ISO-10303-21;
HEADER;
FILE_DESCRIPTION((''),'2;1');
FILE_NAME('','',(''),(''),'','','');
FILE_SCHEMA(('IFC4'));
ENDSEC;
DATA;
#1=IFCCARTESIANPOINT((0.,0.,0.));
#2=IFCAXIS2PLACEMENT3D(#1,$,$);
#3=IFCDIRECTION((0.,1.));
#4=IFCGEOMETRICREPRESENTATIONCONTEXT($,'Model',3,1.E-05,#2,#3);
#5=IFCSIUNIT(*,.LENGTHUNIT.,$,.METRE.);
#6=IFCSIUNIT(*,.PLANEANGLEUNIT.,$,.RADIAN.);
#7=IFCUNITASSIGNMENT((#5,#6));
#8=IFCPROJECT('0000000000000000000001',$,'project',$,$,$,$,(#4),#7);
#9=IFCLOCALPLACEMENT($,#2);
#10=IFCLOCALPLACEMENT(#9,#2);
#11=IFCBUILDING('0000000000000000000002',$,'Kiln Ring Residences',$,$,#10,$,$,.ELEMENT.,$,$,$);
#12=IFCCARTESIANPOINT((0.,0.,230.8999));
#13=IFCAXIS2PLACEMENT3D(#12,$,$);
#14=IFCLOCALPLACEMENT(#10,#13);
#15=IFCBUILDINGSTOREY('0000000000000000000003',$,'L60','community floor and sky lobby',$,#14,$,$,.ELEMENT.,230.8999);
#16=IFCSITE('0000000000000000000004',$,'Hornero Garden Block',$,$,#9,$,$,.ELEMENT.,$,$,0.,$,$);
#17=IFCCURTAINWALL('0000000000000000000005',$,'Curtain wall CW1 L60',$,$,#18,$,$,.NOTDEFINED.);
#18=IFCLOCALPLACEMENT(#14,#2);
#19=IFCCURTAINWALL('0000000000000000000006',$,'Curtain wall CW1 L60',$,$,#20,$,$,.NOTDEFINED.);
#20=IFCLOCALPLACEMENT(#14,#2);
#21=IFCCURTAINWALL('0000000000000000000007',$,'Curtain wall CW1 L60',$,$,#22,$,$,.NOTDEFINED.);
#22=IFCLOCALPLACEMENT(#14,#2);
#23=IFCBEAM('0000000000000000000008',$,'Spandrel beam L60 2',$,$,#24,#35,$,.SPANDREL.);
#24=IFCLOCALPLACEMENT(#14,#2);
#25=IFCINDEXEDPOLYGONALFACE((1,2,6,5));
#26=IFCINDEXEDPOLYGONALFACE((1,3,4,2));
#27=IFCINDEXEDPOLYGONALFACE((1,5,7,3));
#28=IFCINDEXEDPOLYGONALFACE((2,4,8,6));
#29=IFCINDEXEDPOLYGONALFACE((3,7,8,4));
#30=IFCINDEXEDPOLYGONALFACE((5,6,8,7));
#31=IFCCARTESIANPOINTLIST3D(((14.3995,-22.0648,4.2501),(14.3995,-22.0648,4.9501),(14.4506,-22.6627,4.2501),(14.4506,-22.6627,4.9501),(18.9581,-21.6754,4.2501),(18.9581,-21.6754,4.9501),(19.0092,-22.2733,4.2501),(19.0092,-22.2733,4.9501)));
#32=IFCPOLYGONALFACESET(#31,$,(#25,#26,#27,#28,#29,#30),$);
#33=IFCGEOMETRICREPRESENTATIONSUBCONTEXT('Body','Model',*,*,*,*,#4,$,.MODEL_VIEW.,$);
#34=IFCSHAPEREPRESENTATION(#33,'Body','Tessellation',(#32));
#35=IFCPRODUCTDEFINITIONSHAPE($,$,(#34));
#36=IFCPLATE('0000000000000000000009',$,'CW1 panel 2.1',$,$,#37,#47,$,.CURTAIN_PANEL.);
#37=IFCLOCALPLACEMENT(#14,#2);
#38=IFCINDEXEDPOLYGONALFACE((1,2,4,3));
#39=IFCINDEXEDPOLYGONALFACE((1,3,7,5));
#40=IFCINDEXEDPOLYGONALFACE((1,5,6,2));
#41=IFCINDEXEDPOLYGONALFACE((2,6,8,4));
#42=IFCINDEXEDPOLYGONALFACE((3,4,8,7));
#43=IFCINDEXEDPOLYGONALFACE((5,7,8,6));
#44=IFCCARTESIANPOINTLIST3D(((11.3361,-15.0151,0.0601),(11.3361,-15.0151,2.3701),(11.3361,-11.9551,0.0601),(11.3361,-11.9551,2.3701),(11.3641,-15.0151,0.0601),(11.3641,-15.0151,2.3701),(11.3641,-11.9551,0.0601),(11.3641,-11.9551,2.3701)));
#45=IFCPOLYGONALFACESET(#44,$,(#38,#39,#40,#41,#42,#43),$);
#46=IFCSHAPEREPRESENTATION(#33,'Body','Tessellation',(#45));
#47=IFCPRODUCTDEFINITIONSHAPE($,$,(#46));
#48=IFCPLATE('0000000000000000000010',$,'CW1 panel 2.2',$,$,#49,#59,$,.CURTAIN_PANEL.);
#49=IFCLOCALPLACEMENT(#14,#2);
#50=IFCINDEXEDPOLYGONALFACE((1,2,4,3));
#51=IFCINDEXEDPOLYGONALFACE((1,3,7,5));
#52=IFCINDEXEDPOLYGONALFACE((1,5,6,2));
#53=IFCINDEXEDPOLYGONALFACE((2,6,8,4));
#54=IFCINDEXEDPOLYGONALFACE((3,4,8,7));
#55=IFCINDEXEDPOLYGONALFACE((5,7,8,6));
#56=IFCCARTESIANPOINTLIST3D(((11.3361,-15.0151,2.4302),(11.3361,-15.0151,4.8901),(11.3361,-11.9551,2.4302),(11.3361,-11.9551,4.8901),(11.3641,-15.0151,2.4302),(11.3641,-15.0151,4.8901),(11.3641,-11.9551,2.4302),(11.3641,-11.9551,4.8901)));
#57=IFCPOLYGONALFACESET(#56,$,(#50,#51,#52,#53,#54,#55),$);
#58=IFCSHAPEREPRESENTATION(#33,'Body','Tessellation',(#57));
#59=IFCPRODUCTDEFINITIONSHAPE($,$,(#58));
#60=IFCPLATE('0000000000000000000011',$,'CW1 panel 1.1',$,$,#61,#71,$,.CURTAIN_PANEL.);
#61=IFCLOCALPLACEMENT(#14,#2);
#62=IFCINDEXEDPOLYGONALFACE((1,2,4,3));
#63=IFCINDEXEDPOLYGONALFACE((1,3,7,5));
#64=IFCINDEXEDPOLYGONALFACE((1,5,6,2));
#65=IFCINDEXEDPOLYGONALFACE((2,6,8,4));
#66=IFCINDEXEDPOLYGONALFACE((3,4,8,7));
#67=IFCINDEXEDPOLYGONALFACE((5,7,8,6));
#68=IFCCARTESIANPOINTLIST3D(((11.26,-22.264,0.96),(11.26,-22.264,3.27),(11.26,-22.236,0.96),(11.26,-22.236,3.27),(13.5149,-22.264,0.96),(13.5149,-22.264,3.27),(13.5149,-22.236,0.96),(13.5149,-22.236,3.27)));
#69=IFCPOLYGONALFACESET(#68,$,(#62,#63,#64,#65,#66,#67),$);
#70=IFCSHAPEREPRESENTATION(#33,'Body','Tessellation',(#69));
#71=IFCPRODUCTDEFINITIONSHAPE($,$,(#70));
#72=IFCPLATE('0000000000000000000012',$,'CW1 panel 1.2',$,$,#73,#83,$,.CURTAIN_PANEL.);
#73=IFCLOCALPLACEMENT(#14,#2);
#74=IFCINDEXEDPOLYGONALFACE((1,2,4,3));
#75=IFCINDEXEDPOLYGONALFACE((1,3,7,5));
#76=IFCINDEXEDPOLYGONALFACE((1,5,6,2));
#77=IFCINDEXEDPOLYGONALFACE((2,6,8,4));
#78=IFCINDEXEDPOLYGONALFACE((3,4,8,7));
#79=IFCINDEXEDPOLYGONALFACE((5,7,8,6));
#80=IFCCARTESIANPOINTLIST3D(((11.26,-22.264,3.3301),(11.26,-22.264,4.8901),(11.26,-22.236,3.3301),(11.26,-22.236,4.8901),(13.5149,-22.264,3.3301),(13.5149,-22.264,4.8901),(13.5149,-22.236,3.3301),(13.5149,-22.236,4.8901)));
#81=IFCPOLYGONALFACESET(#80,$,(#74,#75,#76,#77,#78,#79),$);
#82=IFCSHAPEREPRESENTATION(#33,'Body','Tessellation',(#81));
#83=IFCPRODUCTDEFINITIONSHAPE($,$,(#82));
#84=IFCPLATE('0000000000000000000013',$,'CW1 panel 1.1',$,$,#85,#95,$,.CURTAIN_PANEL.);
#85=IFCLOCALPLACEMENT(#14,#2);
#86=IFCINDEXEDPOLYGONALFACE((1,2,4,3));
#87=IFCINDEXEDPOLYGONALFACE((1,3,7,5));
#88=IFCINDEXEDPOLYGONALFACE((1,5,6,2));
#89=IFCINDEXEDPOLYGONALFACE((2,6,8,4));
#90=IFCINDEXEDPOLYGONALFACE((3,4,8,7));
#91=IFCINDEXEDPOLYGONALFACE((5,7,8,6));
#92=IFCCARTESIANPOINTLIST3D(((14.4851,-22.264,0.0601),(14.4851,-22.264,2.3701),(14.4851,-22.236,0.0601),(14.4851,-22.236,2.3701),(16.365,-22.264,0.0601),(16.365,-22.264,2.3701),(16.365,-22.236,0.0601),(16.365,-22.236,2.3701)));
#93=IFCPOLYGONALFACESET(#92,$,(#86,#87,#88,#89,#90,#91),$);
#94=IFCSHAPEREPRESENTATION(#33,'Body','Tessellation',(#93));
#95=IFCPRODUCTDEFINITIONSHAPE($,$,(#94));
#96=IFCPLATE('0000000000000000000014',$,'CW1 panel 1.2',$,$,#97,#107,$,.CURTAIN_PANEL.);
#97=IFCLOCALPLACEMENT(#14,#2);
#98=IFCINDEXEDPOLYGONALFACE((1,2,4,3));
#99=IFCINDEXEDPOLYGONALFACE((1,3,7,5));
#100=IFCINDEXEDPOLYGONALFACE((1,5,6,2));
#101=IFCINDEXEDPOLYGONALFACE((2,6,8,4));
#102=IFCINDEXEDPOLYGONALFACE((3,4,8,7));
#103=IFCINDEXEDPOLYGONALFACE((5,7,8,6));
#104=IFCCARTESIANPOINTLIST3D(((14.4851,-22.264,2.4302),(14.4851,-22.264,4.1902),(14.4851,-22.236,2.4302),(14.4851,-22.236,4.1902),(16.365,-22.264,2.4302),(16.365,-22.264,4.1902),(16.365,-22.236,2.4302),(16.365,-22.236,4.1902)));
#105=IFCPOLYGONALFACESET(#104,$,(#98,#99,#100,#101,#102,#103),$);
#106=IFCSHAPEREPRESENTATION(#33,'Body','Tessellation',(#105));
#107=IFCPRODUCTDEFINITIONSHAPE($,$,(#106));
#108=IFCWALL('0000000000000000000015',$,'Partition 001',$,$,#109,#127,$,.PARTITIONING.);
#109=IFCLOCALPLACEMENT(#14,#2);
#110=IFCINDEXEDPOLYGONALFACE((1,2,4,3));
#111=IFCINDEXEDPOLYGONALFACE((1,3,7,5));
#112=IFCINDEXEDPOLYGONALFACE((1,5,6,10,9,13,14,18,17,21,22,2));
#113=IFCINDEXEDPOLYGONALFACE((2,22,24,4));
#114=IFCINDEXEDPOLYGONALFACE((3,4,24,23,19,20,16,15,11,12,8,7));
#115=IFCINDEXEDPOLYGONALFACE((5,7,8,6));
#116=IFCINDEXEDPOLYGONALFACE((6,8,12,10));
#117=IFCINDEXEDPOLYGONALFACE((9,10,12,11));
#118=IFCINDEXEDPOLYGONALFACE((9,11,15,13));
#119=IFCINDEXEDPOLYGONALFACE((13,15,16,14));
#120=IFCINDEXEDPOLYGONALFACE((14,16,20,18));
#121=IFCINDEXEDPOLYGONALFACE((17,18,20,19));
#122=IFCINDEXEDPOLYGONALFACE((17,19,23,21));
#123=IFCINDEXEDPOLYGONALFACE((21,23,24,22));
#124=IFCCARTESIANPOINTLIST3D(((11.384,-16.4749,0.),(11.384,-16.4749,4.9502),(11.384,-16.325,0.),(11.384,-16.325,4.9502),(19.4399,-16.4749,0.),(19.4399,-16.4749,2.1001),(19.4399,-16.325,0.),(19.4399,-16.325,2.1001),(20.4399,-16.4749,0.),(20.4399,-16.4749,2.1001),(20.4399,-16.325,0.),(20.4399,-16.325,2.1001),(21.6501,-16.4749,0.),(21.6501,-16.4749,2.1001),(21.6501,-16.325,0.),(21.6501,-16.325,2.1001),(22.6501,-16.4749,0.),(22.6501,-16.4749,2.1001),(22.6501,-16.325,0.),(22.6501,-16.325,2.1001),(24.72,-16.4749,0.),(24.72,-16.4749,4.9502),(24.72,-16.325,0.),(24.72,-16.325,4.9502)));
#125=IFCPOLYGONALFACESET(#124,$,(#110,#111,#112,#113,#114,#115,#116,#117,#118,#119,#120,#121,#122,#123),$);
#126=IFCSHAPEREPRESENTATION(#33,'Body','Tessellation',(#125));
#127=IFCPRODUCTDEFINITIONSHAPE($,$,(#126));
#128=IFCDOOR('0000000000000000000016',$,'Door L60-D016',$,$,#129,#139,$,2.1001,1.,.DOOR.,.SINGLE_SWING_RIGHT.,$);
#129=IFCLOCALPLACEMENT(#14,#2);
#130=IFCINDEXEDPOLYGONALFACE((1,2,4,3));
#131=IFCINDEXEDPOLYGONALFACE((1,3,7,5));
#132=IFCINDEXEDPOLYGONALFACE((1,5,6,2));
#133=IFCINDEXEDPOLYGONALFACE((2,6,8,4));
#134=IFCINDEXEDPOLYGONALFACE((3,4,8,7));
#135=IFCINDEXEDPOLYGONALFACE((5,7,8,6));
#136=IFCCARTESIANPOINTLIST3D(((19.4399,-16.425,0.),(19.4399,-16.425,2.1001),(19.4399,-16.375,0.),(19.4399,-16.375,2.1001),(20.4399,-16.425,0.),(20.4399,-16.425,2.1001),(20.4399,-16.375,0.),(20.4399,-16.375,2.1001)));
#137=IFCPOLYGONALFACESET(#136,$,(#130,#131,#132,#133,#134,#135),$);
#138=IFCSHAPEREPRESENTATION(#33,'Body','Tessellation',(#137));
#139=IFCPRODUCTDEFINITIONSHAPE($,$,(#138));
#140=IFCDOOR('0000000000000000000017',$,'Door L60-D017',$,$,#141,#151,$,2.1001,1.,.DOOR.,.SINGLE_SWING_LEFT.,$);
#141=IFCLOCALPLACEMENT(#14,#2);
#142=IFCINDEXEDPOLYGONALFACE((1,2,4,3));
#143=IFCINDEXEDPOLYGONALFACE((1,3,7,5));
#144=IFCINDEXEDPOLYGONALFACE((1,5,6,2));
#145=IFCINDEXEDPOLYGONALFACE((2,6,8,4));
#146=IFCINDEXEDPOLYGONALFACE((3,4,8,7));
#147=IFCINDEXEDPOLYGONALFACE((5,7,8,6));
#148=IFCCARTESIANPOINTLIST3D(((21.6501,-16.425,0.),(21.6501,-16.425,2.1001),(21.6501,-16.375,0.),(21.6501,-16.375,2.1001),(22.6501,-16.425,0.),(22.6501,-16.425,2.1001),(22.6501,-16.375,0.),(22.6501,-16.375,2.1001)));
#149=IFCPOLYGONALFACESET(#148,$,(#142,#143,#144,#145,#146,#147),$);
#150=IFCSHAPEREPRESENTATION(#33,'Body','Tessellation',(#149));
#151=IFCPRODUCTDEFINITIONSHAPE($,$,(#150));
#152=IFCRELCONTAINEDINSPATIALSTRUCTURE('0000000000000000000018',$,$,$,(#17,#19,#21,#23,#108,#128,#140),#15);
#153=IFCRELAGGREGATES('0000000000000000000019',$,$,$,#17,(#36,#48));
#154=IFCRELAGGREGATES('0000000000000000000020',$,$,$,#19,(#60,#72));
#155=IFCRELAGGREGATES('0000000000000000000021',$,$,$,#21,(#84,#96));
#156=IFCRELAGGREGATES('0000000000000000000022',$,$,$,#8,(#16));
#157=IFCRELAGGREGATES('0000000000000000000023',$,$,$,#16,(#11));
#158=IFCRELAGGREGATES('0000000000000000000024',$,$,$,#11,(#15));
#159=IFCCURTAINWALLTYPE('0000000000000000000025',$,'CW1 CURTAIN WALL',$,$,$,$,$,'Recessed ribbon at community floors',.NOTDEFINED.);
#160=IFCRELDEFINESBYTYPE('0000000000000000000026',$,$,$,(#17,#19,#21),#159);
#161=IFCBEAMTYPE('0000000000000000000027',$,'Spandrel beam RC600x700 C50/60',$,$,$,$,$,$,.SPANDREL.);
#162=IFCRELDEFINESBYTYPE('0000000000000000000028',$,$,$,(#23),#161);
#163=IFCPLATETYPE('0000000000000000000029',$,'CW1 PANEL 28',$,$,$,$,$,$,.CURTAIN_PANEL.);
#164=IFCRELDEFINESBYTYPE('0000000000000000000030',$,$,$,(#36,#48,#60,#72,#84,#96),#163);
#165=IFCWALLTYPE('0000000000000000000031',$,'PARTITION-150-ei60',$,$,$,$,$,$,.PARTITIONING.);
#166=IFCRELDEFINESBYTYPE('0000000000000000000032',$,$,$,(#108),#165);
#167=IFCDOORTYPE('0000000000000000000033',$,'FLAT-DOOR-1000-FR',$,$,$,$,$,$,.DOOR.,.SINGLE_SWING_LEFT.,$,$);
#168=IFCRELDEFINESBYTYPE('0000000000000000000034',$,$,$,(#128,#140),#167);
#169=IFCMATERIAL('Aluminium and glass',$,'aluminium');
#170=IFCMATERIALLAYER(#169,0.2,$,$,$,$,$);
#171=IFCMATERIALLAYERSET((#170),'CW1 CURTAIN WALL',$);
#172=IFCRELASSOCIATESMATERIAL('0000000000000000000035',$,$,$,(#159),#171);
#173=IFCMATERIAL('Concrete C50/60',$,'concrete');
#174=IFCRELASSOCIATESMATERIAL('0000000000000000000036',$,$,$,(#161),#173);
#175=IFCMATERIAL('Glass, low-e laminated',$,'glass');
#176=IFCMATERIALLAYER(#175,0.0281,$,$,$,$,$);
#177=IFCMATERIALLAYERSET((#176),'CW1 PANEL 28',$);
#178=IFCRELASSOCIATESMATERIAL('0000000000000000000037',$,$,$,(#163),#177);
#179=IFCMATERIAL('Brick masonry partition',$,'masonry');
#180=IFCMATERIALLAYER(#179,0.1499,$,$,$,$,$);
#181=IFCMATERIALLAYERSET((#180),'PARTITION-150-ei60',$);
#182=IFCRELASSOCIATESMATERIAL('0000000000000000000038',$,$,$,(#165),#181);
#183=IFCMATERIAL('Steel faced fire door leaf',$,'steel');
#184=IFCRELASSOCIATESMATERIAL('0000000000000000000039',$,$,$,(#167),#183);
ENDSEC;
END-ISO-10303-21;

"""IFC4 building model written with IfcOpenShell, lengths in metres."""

from ifc_helpers import new_model, si_unit, direction, frame, frame_2d, origin, origin_2d, place, context, subcontext, project, spatial, rectangle, extrude, material, layer, layer_set, material_profile, profile_set, type_object, element, fill, aggregate, save


model = new_model("IFC4")

# Units and contexts
model_context = context("Model", 3, precision=1e-05, world=origin(), true_north=direction((0.0, 1.0)))
body_context = subcontext(model_context, "Body", "Model", "MODEL_VIEW")
ifc_project = project(units=[si_unit("LENGTHUNIT", "METRE"), si_unit("PLANEANGLEUNIT", "RADIAN")], contexts=[model_context])

# Site, building, storey
site_placement = place(None, origin())
site = spatial("IfcSite", under=ifc_project, at=site_placement, Name="Hornero Garden Block", CompositionType="ELEMENT", RefElevation=0.0)
building_placement = place(site_placement, origin())
building = spatial("IfcBuilding", under=site, at=building_placement, Name="Kiln Ring Residences", CompositionType="ELEMENT")
storey_placement = place(building_placement, frame((0.0, 0.0, 230.8999)))
storey = spatial("IfcBuildingStorey", under=building, at=storey_placement, Name="L60", Description="community floor and sky lobby", CompositionType="ELEMENT", Elevation=230.8999)

# Curtain walls
ifc_material_1 = material(Name="Aluminium and glass", Category="aluminium")
ifc_layer_1 = layer(ifc_material_1, 0.2)
ifc_layer_set_1 = layer_set([ifc_layer_1], Name="CW1 CURTAIN WALL")
curtain_wall_type = type_object("IfcCurtainWallType", Name="CW1 CURTAIN WALL", ElementType="Recessed ribbon at community floors", PredefinedType="NOTDEFINED", material=ifc_layer_set_1)
placement = place(storey_placement, origin())
curtain_wall_1 = element("IfcCurtainWall", 1, at=placement, inside=storey, type_object=curtain_wall_type, Name="Curtain wall CW1 L60", PredefinedType="NOTDEFINED")
curtain_wall_2 = element("IfcCurtainWall", 2, at=placement, inside=storey, type_object=curtain_wall_type, Name="Curtain wall CW1 L60", PredefinedType="NOTDEFINED")

# Curtain wall
curtain_wall_3 = element("IfcCurtainWall", 3, at=placement, inside=storey, type_object=curtain_wall_type, Name="Curtain wall CW1 L60", PredefinedType="NOTDEFINED")

# Beam
ifc_material_2 = material(Name="Concrete C50/60", Category="concrete")
ifc_material_profile_1 = material_profile(ifc_material_2, rectangle(XDim=0.6001, YDim=0.7, at=origin_2d()), Name="RC600x700")
ifc_profile_set_1 = profile_set([ifc_material_profile_1], Name="Concrete C50/60")
beam_type_1 = type_object("IfcBeamType", Name="Spandrel beam RC600x700 C50/60", PredefinedType="SPANDREL", material=ifc_profile_set_1)
beam_1_placement = place(storey_placement, frame((14.425, -22.3638, 4.6001), z_axis=(0.996371, 0.085112, 0.0), x_axis=(-0.085112, 0.996371, 0.0)))
element("IfcBeam", 4, at=beam_1_placement, inside=storey, type_object=beam_type_1, Name="Spandrel beam L60 2", PredefinedType="SPANDREL", context=body_context, shape_type="SweptSolid", body=[
    extrude(rectangle(XDim=0.6001, YDim=0.7, at=origin_2d()), origin(), (0.0, 0.0, 1.0), 4.5752),
])

# Plates
ifc_material_3 = material(Name="Glass, low-e laminated", Category="glass")
ifc_layer_2 = layer(ifc_material_3, 0.0281)
ifc_layer_set_2 = layer_set([ifc_layer_2], Name="CW1 PANEL 28")
plate_type = type_object("IfcPlateType", Name="CW1 PANEL 28", PredefinedType="CURTAIN_PANEL", material=ifc_layer_set_2)
plate_1_placement = place(storey_placement, frame((11.3501, -13.4851, 0.0601), z_axis=(0.0, 0.0, 1.0), x_axis=(0.0, -1.0, 0.0)))
plate_1 = element("IfcPlate", 5, at=plate_1_placement, type_object=plate_type, Name="CW1 panel 2.1", PredefinedType="CURTAIN_PANEL", context=body_context, shape_type="SweptSolid", body=[
    extrude(rectangle(XDim=3.0601, YDim=0.0281, at=origin_2d()), origin(), (0.0, 0.0, 1.0), 2.3101),
])
plate_2_placement = place(storey_placement, frame((11.3501, -13.4851, 2.4302), z_axis=(0.0, 0.0, 1.0), x_axis=(0.0, -1.0, 0.0)))
plate_2 = element("IfcPlate", 6, at=plate_2_placement, type_object=plate_type, Name="CW1 panel 2.2", PredefinedType="CURTAIN_PANEL", context=body_context, shape_type="SweptSolid", body=[
    extrude(rectangle(XDim=3.0601, YDim=0.0281, at=origin_2d()), origin(), (0.0, 0.0, 1.0), 2.46),
])
aggregate(curtain_wall_1, [plate_1, plate_2])
plate_3_placement = place(storey_placement, frame((12.3875, -22.25, 0.96), z_axis=(0.0, 0.0, 1.0), x_axis=(1.0, 0.0, 0.0)))
plate_3 = element("IfcPlate", 7, at=plate_3_placement, type_object=plate_type, Name="CW1 panel 1.1", PredefinedType="CURTAIN_PANEL", context=body_context, shape_type="SweptSolid", body=[
    extrude(rectangle(XDim=2.2549, YDim=0.0281, at=origin_2d()), origin(), (0.0, 0.0, 1.0), 2.3101),
])
plate_4_placement = place(storey_placement, frame((12.3875, -22.25, 3.3301), z_axis=(0.0, 0.0, 1.0), x_axis=(1.0, 0.0, 0.0)))
plate_4 = element("IfcPlate", 8, at=plate_4_placement, type_object=plate_type, Name="CW1 panel 1.2", PredefinedType="CURTAIN_PANEL", context=body_context, shape_type="SweptSolid", body=[
    extrude(rectangle(XDim=2.2549, YDim=0.0281, at=origin_2d()), origin(), (0.0, 0.0, 1.0), 1.5601),
])
aggregate(curtain_wall_2, [plate_3, plate_4])
plate_5_placement = place(storey_placement, frame((15.425, -22.25, 0.0601), z_axis=(0.0, 0.0, 1.0), x_axis=(1.0, 0.0, 0.0)))
plate_5 = element("IfcPlate", 9, at=plate_5_placement, type_object=plate_type, Name="CW1 panel 1.1", PredefinedType="CURTAIN_PANEL", context=body_context, shape_type="SweptSolid", body=[
    extrude(rectangle(XDim=1.8799, YDim=0.0281, at=origin_2d()), origin(), (0.0, 0.0, 1.0), 2.3101),
])
plate_6_placement = place(storey_placement, frame((15.425, -22.25, 2.4302), z_axis=(0.0, 0.0, 1.0), x_axis=(1.0, 0.0, 0.0)))
plate_6 = element("IfcPlate", 10, at=plate_6_placement, type_object=plate_type, Name="CW1 panel 1.2", PredefinedType="CURTAIN_PANEL", context=body_context, shape_type="SweptSolid", body=[
    extrude(rectangle(XDim=1.8799, YDim=0.0281, at=origin_2d()), origin(), (0.0, 0.0, 1.0), 1.76),
])
aggregate(curtain_wall_3, [plate_5, plate_6])

# Wall, openings, doors
ifc_material_4 = material(Name="Brick masonry partition", Category="masonry")
ifc_layer_3 = layer(ifc_material_4, 0.1499)
ifc_layer_set_3 = layer_set([ifc_layer_3], Name="PARTITION-150-ei60")
wall_type = type_object("IfcWallType", Name="PARTITION-150-ei60", PredefinedType="PARTITIONING", material=ifc_layer_set_3)
wall_1_placement = place(storey_placement, frame((11.384, -16.3999, 0.0), z_axis=(0.0, 0.0, 1.0), x_axis=(1.0, 0.0, 0.0)))
wall_1 = element("IfcWall", 11, at=wall_1_placement, inside=storey, type_object=wall_type, Name="Partition 001", PredefinedType="PARTITIONING", context=body_context, shape_type="SweptSolid", body=[
    extrude(rectangle(XDim=13.3359, YDim=0.1499, at=frame_2d((6.668, 0.0))), origin(), (0.0, 0.0, 1.0), 4.9502),
])
opening_1_placement = place(wall_1_placement, frame((8.0559, 0.0, 0.0)))
opening_1 = element("IfcOpeningElement", 12, at=opening_1_placement, cuts=wall_1, PredefinedType="OPENING", context=body_context, shape_type="SweptSolid", body=[
    extrude(rectangle(XDim=1.0, YDim=2.1001, at=frame_2d((0.5, 1.05))), frame((0.0, 0.085, 0.0), z_axis=(0.0, -1.0, 0.0), x_axis=(1.0, 0.0, 0.0)), (0.0, 0.0, 1.0), 0.1699),
])
opening_2_placement = place(wall_1_placement, frame((10.2661, 0.0, 0.0)))
opening_2 = element("IfcOpeningElement", 13, at=opening_2_placement, cuts=wall_1, PredefinedType="OPENING", context=body_context, shape_type="SweptSolid", body=[
    extrude(rectangle(XDim=1.0, YDim=2.1001, at=frame_2d((0.5, 1.05))), frame((0.0, 0.085, 0.0), z_axis=(0.0, -1.0, 0.0), x_axis=(1.0, 0.0, 0.0)), (0.0, 0.0, 1.0), 0.1699),
])
ifc_material_5 = material(Name="Steel faced fire door leaf", Category="steel")
door_type_1 = type_object("IfcDoorType", Name="FLAT-DOOR-1000-FR", OperationType="SINGLE_SWING_LEFT", PredefinedType="DOOR", material=ifc_material_5)
door_1_placement = place(opening_1_placement, origin())
door_1 = element("IfcDoor", 14, at=door_1_placement, inside=storey, type_object=door_type_1, Name="Door L60-D016", OperationType="SINGLE_SWING_RIGHT", OverallHeight=2.1001, OverallWidth=1.0, PredefinedType="DOOR", context=body_context, shape_type="SweptSolid", body=[
    extrude(rectangle(XDim=1.0, YDim=2.1001, at=frame_2d((0.5, 1.05))), frame((0.0, 0.0249, 0.0), z_axis=(0.0, -1.0, 0.0), x_axis=(1.0, 0.0, 0.0)), (0.0, 0.0, 1.0), 0.05),
])
fill(opening_1, door_1)
door_2_placement = place(opening_2_placement, origin())
door_2 = element("IfcDoor", 15, at=door_2_placement, inside=storey, type_object=door_type_1, Name="Door L60-D017", OperationType="SINGLE_SWING_LEFT", OverallHeight=2.1001, OverallWidth=1.0, PredefinedType="DOOR", context=body_context, shape_type="SweptSolid", body=[
    extrude(rectangle(XDim=1.0, YDim=2.1001, at=frame_2d((0.5, 1.05))), frame((0.0, 0.0249, 0.0), z_axis=(0.0, -1.0, 0.0), x_axis=(1.0, 0.0, 0.0)), (0.0, 0.0, 1.0), 0.05),
])
fill(opening_2, door_2)

save(model, "model.ifc")
